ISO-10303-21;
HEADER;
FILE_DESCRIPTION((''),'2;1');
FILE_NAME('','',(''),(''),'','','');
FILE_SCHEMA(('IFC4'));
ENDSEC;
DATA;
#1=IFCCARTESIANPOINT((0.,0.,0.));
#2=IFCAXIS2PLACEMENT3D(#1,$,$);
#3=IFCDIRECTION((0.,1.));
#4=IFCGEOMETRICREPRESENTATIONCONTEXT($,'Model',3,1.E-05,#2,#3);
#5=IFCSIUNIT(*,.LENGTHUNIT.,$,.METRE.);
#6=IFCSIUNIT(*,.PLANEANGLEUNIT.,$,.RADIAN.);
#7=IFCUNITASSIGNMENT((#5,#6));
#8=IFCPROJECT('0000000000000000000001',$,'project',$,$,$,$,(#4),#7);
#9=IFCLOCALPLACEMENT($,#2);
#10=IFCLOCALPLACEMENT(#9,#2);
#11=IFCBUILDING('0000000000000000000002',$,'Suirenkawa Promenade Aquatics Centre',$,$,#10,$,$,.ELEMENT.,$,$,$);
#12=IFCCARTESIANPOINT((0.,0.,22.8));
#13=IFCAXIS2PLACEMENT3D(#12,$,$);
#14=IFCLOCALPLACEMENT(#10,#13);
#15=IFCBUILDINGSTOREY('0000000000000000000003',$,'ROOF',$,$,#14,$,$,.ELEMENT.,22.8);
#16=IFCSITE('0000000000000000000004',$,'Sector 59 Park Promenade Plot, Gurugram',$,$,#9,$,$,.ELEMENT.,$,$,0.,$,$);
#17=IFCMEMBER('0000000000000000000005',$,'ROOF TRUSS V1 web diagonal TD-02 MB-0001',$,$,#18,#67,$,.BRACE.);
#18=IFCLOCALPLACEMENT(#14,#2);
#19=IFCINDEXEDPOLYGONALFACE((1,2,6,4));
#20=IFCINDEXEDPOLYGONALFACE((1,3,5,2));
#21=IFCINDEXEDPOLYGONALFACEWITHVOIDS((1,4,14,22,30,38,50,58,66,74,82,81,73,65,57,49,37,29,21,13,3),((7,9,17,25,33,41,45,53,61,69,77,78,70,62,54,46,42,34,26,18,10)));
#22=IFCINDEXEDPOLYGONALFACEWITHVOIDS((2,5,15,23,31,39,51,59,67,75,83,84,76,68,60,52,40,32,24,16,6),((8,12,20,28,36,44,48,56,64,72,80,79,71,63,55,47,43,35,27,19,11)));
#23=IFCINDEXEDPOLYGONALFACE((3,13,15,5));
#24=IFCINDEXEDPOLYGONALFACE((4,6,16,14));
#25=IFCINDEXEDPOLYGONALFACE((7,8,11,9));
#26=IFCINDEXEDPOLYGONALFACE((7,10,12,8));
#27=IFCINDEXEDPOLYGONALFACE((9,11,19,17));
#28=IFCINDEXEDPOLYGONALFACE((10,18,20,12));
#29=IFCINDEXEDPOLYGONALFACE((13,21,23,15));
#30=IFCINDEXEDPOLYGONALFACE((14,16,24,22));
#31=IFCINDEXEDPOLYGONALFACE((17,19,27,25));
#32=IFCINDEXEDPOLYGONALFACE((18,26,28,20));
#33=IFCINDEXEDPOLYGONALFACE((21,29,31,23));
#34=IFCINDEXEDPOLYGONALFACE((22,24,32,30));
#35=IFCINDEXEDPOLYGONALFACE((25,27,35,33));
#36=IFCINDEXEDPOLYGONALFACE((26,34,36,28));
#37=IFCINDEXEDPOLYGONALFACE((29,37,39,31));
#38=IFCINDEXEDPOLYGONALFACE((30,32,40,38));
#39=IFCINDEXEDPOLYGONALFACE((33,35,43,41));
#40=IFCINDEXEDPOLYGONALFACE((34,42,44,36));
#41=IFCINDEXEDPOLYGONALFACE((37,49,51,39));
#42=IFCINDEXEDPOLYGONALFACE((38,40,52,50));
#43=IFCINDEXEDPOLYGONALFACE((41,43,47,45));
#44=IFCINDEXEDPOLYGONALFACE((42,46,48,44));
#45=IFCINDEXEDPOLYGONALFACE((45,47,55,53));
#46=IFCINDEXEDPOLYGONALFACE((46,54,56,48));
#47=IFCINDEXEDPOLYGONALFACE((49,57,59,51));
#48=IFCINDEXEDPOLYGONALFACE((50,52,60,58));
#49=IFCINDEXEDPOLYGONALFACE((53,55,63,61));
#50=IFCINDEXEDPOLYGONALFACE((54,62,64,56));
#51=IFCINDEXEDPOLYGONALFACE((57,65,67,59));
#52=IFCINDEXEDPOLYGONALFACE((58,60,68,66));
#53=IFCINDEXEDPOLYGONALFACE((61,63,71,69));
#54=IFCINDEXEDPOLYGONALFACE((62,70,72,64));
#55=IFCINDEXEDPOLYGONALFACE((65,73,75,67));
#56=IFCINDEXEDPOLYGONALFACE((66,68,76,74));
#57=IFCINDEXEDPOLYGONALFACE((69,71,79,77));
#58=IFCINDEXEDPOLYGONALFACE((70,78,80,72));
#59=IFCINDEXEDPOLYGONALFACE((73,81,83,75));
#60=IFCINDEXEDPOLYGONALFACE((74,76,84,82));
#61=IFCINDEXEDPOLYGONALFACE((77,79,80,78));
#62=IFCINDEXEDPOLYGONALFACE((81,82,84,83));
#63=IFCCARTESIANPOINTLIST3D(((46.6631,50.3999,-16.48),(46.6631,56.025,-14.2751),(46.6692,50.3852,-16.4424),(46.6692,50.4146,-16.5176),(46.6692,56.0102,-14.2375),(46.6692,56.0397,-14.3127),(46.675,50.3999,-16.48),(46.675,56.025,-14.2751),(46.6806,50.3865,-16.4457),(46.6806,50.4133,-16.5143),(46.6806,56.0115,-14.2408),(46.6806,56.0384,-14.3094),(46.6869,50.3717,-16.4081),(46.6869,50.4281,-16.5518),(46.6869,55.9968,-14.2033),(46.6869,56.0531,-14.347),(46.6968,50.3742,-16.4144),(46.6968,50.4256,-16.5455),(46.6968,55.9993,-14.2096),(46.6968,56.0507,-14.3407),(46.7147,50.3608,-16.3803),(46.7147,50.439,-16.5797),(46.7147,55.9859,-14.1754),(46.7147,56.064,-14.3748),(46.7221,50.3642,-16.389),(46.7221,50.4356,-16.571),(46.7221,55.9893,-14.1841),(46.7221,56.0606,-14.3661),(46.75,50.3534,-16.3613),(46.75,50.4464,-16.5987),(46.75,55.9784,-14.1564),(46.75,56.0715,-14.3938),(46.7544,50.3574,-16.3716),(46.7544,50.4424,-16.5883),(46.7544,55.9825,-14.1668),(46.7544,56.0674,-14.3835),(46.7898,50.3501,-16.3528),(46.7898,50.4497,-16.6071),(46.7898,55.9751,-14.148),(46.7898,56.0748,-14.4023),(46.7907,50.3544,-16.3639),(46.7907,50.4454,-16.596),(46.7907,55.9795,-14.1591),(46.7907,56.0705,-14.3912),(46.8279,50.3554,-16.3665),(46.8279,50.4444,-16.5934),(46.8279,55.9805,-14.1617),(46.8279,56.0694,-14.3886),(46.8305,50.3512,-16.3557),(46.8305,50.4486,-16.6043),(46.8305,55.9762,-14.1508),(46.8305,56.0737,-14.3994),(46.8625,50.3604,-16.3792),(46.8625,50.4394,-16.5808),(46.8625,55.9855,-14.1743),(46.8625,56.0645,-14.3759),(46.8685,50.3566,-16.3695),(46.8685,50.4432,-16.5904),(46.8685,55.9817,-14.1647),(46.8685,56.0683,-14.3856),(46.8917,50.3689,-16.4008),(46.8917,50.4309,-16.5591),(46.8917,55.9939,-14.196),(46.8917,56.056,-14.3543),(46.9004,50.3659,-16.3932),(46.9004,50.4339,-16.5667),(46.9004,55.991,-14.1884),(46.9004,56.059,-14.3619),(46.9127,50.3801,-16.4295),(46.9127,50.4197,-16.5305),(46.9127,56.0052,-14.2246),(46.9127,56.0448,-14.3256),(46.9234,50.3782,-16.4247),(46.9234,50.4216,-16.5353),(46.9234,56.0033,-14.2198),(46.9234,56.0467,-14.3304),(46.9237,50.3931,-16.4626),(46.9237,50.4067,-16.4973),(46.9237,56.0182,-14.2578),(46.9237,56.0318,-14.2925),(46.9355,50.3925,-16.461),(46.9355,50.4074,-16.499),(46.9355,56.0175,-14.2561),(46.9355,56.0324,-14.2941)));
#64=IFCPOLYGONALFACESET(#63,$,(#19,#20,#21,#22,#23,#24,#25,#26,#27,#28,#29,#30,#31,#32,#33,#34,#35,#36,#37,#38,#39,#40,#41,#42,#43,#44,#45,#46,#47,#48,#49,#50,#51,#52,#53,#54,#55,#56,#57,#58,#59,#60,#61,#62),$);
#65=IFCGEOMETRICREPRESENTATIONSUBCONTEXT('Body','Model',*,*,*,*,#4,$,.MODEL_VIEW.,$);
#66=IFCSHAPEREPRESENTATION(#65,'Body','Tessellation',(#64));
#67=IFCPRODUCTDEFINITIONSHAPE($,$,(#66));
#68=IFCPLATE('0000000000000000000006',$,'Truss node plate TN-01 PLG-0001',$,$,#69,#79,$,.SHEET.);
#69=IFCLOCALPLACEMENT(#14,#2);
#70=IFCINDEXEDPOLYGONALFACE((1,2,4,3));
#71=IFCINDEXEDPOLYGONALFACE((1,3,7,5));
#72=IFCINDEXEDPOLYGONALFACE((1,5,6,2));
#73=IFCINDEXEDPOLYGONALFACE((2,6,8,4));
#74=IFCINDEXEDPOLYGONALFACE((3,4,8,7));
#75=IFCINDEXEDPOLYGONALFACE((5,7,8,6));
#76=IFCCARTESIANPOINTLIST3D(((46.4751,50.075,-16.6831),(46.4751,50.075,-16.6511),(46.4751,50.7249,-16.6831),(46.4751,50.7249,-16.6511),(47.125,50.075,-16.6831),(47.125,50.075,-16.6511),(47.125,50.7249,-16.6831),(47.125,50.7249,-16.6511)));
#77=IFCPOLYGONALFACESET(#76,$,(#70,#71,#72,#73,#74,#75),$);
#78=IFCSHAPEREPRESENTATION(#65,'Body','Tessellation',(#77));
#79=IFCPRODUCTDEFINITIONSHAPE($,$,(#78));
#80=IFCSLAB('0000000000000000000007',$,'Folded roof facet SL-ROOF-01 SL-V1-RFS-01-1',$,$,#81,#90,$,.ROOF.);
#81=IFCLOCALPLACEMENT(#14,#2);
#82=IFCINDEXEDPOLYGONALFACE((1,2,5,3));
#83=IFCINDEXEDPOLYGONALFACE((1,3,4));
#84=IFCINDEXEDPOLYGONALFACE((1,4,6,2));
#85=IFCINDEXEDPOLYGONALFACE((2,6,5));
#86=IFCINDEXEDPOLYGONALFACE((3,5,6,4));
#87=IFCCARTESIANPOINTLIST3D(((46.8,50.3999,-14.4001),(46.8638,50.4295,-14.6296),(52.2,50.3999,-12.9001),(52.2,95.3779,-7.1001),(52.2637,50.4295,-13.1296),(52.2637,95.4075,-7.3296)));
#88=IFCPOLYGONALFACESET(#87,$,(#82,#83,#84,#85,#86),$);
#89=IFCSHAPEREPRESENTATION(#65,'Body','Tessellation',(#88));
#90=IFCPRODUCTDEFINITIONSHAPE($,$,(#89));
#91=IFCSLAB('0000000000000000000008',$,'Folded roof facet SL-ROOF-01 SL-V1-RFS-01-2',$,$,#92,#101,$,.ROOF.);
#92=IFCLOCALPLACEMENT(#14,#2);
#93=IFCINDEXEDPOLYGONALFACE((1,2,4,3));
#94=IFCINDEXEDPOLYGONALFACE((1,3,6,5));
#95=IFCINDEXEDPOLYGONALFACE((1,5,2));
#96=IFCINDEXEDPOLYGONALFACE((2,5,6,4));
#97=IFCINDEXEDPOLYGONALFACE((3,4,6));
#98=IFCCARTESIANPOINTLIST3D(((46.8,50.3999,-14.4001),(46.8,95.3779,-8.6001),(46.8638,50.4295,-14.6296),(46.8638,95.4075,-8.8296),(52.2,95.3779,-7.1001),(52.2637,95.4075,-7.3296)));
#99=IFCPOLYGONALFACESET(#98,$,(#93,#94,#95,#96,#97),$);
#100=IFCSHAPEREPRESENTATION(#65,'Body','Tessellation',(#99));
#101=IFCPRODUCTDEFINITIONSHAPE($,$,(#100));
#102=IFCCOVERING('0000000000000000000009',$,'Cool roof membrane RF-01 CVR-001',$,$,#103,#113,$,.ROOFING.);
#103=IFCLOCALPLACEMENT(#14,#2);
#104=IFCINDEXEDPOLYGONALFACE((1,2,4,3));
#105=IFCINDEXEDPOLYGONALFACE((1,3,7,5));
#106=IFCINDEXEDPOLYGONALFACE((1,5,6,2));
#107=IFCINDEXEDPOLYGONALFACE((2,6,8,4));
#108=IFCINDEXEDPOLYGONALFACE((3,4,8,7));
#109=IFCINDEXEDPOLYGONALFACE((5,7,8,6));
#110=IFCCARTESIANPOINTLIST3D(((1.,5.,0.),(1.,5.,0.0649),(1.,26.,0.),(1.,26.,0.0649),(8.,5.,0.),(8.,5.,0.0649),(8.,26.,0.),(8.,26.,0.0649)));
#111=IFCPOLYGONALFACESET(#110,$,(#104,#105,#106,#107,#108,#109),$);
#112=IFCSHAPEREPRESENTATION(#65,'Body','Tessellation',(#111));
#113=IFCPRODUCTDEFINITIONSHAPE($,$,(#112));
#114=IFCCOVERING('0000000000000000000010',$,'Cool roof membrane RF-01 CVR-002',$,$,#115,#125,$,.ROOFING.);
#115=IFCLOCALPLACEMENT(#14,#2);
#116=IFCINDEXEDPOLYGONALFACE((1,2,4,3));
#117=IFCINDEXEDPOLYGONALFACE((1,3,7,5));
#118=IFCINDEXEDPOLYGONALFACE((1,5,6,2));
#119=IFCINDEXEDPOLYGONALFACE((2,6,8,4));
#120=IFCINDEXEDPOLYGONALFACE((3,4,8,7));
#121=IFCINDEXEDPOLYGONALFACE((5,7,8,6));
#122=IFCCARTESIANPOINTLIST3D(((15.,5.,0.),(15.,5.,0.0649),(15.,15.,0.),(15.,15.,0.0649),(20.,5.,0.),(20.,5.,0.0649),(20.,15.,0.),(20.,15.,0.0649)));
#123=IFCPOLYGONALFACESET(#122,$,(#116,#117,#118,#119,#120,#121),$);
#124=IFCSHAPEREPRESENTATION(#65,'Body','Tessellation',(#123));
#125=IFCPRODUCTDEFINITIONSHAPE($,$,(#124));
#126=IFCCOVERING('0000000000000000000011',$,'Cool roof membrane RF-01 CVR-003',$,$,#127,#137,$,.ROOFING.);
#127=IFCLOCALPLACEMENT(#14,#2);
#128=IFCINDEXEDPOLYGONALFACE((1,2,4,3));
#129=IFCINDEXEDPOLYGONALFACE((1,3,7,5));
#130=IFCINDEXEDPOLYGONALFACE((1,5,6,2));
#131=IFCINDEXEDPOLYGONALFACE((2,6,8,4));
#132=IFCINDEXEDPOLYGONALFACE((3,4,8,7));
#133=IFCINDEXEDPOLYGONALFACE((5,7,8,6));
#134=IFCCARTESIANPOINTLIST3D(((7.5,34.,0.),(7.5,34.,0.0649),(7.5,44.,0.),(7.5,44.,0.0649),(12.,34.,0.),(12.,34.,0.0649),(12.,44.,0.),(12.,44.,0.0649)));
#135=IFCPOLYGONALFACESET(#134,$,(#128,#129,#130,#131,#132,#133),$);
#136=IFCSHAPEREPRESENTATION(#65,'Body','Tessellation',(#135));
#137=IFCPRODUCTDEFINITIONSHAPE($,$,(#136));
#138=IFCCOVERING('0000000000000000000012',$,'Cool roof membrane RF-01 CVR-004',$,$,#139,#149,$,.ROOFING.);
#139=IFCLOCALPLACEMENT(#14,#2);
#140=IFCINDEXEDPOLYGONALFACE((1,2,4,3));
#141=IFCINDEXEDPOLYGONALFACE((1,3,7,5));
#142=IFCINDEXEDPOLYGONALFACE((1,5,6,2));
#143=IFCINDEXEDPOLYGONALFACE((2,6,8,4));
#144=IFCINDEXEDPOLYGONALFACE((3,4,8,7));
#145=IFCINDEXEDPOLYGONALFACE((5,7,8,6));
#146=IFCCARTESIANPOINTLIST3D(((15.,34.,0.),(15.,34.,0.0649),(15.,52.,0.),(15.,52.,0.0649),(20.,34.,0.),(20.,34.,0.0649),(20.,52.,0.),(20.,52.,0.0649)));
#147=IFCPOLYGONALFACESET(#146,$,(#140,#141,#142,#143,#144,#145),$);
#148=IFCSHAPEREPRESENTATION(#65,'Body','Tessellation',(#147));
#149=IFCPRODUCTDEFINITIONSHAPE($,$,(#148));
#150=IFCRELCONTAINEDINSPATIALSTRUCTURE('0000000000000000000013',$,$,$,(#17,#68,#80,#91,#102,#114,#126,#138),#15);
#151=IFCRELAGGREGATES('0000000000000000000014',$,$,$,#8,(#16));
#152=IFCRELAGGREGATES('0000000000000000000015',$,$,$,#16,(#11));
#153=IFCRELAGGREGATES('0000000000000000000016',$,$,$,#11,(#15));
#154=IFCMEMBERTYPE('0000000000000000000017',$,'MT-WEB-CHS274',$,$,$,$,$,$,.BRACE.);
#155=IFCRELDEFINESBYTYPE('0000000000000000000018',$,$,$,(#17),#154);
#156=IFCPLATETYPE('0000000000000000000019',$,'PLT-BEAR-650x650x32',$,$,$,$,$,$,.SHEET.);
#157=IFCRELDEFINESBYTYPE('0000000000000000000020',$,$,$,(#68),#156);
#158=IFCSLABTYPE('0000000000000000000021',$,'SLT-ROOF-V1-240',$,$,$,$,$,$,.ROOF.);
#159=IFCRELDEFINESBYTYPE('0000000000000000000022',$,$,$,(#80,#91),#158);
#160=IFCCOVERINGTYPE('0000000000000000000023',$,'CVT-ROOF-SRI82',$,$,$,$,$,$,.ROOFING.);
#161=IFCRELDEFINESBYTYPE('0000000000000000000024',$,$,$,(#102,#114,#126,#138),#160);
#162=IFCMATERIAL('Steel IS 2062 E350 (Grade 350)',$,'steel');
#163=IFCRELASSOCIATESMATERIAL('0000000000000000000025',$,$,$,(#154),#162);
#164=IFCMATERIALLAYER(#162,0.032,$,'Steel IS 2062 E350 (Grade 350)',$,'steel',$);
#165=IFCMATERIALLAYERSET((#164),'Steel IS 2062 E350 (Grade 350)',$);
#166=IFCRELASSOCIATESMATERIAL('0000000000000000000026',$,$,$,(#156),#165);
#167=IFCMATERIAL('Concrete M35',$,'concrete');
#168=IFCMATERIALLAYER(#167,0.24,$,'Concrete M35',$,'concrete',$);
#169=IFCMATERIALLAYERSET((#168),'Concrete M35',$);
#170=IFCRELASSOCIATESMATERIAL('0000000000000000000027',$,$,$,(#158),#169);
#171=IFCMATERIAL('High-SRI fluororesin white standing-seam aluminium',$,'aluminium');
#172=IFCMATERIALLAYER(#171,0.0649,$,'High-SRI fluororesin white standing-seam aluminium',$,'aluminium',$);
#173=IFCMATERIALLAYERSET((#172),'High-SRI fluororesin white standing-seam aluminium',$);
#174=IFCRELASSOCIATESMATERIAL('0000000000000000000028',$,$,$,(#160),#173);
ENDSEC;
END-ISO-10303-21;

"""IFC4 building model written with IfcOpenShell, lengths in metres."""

from ifc_helpers import new_model, si_unit, direction, frame, origin, origin_2d, place, context, subcontext, project, spatial, polyline, rectangle, hollow_circle, outline, extrude, material, layer, layer_set, material_profile, profile_set, type_object, element, save


model = new_model("IFC4")

# Units and contexts
model_context = context("Model", 3, precision=1e-05, world=origin(), true_north=direction((0.0, 1.0)))
body_context = subcontext(model_context, "Body", "Model", "MODEL_VIEW")
ifc_project = project(units=[si_unit("LENGTHUNIT", "METRE"), si_unit("PLANEANGLEUNIT", "RADIAN")], contexts=[model_context])

# Site, building, storey
site_placement = place(None, origin())
site = spatial("IfcSite", under=ifc_project, at=site_placement, Name="Sector 59 Park Promenade Plot, Gurugram", CompositionType="ELEMENT", RefElevation=0.0)
building_placement = place(site_placement, origin())
building = spatial("IfcBuilding", under=site, at=building_placement, Name="Suirenkawa Promenade Aquatics Centre", CompositionType="ELEMENT")
storey_placement = place(building_placement, frame((0.0, 0.0, 22.8)))
storey = spatial("IfcBuildingStorey", under=building, at=storey_placement, Name="ROOF", CompositionType="ELEMENT", Elevation=22.8)

# Shared definitions
ifc_material_1 = material(Name="Steel IS 2062 E350 (Grade 350)", Category="steel")

# Member
ifc_material_profile_1 = material_profile(ifc_material_1, hollow_circle(Radius=0.137, WallThickness=0.012, at=origin_2d()), Name="CHS 274x12", Category="steel")
ifc_profile_set_1 = profile_set([ifc_material_profile_1], Name="Steel IS 2062 E350 (Grade 350)")
member_type_1 = type_object("IfcMemberType", Name="MT-WEB-CHS274", PredefinedType="BRACE", material=ifc_profile_set_1)
member_1_placement = place(storey_placement, frame((46.8, 50.3999, -16.48), z_axis=(0.0, 0.931032, 0.364937), x_axis=(-1.0, 0.0, 0.0)))
element("IfcMember", 1, at=member_1_placement, inside=storey, type_object=member_type_1, Name="ROOF TRUSS V1 web diagonal TD-02 MB-0001", PredefinedType="BRACE", context=body_context, shape_type="SweptSolid", body=[
    extrude(hollow_circle(Radius=0.137, WallThickness=0.012, at=origin_2d()), origin(), (0.0, 0.0, 1.0), 6.0417),
])

# Plate
ifc_layer_1 = layer(ifc_material_1, 0.032, Name="Steel IS 2062 E350 (Grade 350)", Category="steel")
ifc_layer_set_1 = layer_set([ifc_layer_1], Name="Steel IS 2062 E350 (Grade 350)")
plate_type = type_object("IfcPlateType", Name="PLT-BEAR-650x650x32", PredefinedType="SHEET", material=ifc_layer_set_1)
plate_placement = place(storey_placement, frame((46.8, 50.3999, -16.6831), z_axis=(0.0, 0.0, 1.0), x_axis=(1.0, 0.0, 0.0)))
element("IfcPlate", 2, at=plate_placement, inside=storey, type_object=plate_type, Name="Truss node plate TN-01 PLG-0001", PredefinedType="SHEET", context=body_context, shape_type="SweptSolid", body=[
    extrude(rectangle(XDim=0.6499, YDim=0.6499, at=origin_2d()), origin(), (0.0, 0.0, 1.0), 0.032),
])

# Shared definitions
ifc_material_2 = material(Name="Concrete M35", Category="concrete")

# Slabs
ifc_layer_2 = layer(ifc_material_2, 0.24, Name="Concrete M35", Category="concrete")
ifc_layer_set_2 = layer_set([ifc_layer_2], Name="Concrete M35")
slab_type_1 = type_object("IfcSlabType", Name="SLT-ROOF-V1-240", PredefinedType="ROOF", material=ifc_layer_set_2)
slab_1_placement = place(storey_placement, frame((46.8, 50.3999, -14.4001), z_axis=(-0.265606, -0.1233, 0.956164), x_axis=(0.963517, 0.0, 0.267648)))
element("IfcSlab", 3, at=slab_1_placement, inside=storey, type_object=slab_type_1, Name="Folded roof facet SL-ROOF-01 SL-V1-RFS-01-1", PredefinedType="ROOF", context=body_context, shape_type="SweptSolid", body=[
    extrude(outline(polyline([(0.0, 0.0), (5.6044, 0.0), (7.1567, 45.3239), (0.0, 0.0)])), origin(), (0.0, 0.0, -1.0), 0.24),
])
slab_2_placement = place(storey_placement, frame((46.8, 50.3999, -14.4001), z_axis=(-0.265606, -0.1233, 0.956164), x_axis=(0.117682, 0.980225, 0.159093)))
element("IfcSlab", 4, at=slab_2_placement, inside=storey, type_object=slab_type_1, Name="Folded roof facet SL-ROOF-01 SL-V1-RFS-01-2", PredefinedType="ROOF", context=body_context, shape_type="SweptSolid", body=[
    extrude(outline(polyline([(0.0, 0.0), (45.8854, 0.0), (45.0113, 5.5358), (0.0, 0.0)])), origin(), (0.0, 0.0, -1.0), 0.24),
])

# Coverings
ifc_material_3 = material(Name="High-SRI fluororesin white standing-seam aluminium", Category="aluminium")
ifc_layer_3 = layer(ifc_material_3, 0.0649, Name="High-SRI fluororesin white standing-seam aluminium", Category="aluminium")
ifc_layer_set_3 = layer_set([ifc_layer_3], Name="High-SRI fluororesin white standing-seam aluminium")
covering_type = type_object("IfcCoveringType", Name="CVT-ROOF-SRI82", PredefinedType="ROOFING", material=ifc_layer_set_3)
covering_1_placement = place(storey_placement, origin())
element("IfcCovering", 5, at=covering_1_placement, inside=storey, type_object=covering_type, Name="Cool roof membrane RF-01 CVR-001", PredefinedType="ROOFING", context=body_context, shape_type="SweptSolid", body=[
    extrude(outline(polyline([(1.0, 5.0), (8.0, 5.0), (8.0, 26.0), (1.0, 26.0), (1.0, 5.0)])), origin(), (0.0, 0.0, 1.0), 0.0649),
])
covering_2_placement = place(storey_placement, origin())
element("IfcCovering", 6, at=covering_2_placement, inside=storey, type_object=covering_type, Name="Cool roof membrane RF-01 CVR-002", PredefinedType="ROOFING", context=body_context, shape_type="SweptSolid", body=[
    extrude(outline(polyline([(15.0, 5.0), (20.0, 5.0), (20.0, 15.0), (15.0, 15.0), (15.0, 5.0)])), origin(), (0.0, 0.0, 1.0), 0.0649),
])
covering_3_placement = place(storey_placement, origin())
element("IfcCovering", 7, at=covering_3_placement, inside=storey, type_object=covering_type, Name="Cool roof membrane RF-01 CVR-003", PredefinedType="ROOFING", context=body_context, shape_type="SweptSolid", body=[
    extrude(outline(polyline([(7.5, 34.0), (12.0, 34.0), (12.0, 44.0), (7.5, 44.0), (7.5, 34.0)])), origin(), (0.0, 0.0, 1.0), 0.0649),
])
covering_4_placement = place(storey_placement, origin())
element("IfcCovering", 8, at=covering_4_placement, inside=storey, type_object=covering_type, Name="Cool roof membrane RF-01 CVR-004", PredefinedType="ROOFING", context=body_context, shape_type="SweptSolid", body=[
    extrude(outline(polyline([(15.0, 34.0), (20.0, 34.0), (20.0, 52.0), (15.0, 52.0), (15.0, 34.0)])), origin(), (0.0, 0.0, 1.0), 0.0649),
])

save(model, "model.ifc")
